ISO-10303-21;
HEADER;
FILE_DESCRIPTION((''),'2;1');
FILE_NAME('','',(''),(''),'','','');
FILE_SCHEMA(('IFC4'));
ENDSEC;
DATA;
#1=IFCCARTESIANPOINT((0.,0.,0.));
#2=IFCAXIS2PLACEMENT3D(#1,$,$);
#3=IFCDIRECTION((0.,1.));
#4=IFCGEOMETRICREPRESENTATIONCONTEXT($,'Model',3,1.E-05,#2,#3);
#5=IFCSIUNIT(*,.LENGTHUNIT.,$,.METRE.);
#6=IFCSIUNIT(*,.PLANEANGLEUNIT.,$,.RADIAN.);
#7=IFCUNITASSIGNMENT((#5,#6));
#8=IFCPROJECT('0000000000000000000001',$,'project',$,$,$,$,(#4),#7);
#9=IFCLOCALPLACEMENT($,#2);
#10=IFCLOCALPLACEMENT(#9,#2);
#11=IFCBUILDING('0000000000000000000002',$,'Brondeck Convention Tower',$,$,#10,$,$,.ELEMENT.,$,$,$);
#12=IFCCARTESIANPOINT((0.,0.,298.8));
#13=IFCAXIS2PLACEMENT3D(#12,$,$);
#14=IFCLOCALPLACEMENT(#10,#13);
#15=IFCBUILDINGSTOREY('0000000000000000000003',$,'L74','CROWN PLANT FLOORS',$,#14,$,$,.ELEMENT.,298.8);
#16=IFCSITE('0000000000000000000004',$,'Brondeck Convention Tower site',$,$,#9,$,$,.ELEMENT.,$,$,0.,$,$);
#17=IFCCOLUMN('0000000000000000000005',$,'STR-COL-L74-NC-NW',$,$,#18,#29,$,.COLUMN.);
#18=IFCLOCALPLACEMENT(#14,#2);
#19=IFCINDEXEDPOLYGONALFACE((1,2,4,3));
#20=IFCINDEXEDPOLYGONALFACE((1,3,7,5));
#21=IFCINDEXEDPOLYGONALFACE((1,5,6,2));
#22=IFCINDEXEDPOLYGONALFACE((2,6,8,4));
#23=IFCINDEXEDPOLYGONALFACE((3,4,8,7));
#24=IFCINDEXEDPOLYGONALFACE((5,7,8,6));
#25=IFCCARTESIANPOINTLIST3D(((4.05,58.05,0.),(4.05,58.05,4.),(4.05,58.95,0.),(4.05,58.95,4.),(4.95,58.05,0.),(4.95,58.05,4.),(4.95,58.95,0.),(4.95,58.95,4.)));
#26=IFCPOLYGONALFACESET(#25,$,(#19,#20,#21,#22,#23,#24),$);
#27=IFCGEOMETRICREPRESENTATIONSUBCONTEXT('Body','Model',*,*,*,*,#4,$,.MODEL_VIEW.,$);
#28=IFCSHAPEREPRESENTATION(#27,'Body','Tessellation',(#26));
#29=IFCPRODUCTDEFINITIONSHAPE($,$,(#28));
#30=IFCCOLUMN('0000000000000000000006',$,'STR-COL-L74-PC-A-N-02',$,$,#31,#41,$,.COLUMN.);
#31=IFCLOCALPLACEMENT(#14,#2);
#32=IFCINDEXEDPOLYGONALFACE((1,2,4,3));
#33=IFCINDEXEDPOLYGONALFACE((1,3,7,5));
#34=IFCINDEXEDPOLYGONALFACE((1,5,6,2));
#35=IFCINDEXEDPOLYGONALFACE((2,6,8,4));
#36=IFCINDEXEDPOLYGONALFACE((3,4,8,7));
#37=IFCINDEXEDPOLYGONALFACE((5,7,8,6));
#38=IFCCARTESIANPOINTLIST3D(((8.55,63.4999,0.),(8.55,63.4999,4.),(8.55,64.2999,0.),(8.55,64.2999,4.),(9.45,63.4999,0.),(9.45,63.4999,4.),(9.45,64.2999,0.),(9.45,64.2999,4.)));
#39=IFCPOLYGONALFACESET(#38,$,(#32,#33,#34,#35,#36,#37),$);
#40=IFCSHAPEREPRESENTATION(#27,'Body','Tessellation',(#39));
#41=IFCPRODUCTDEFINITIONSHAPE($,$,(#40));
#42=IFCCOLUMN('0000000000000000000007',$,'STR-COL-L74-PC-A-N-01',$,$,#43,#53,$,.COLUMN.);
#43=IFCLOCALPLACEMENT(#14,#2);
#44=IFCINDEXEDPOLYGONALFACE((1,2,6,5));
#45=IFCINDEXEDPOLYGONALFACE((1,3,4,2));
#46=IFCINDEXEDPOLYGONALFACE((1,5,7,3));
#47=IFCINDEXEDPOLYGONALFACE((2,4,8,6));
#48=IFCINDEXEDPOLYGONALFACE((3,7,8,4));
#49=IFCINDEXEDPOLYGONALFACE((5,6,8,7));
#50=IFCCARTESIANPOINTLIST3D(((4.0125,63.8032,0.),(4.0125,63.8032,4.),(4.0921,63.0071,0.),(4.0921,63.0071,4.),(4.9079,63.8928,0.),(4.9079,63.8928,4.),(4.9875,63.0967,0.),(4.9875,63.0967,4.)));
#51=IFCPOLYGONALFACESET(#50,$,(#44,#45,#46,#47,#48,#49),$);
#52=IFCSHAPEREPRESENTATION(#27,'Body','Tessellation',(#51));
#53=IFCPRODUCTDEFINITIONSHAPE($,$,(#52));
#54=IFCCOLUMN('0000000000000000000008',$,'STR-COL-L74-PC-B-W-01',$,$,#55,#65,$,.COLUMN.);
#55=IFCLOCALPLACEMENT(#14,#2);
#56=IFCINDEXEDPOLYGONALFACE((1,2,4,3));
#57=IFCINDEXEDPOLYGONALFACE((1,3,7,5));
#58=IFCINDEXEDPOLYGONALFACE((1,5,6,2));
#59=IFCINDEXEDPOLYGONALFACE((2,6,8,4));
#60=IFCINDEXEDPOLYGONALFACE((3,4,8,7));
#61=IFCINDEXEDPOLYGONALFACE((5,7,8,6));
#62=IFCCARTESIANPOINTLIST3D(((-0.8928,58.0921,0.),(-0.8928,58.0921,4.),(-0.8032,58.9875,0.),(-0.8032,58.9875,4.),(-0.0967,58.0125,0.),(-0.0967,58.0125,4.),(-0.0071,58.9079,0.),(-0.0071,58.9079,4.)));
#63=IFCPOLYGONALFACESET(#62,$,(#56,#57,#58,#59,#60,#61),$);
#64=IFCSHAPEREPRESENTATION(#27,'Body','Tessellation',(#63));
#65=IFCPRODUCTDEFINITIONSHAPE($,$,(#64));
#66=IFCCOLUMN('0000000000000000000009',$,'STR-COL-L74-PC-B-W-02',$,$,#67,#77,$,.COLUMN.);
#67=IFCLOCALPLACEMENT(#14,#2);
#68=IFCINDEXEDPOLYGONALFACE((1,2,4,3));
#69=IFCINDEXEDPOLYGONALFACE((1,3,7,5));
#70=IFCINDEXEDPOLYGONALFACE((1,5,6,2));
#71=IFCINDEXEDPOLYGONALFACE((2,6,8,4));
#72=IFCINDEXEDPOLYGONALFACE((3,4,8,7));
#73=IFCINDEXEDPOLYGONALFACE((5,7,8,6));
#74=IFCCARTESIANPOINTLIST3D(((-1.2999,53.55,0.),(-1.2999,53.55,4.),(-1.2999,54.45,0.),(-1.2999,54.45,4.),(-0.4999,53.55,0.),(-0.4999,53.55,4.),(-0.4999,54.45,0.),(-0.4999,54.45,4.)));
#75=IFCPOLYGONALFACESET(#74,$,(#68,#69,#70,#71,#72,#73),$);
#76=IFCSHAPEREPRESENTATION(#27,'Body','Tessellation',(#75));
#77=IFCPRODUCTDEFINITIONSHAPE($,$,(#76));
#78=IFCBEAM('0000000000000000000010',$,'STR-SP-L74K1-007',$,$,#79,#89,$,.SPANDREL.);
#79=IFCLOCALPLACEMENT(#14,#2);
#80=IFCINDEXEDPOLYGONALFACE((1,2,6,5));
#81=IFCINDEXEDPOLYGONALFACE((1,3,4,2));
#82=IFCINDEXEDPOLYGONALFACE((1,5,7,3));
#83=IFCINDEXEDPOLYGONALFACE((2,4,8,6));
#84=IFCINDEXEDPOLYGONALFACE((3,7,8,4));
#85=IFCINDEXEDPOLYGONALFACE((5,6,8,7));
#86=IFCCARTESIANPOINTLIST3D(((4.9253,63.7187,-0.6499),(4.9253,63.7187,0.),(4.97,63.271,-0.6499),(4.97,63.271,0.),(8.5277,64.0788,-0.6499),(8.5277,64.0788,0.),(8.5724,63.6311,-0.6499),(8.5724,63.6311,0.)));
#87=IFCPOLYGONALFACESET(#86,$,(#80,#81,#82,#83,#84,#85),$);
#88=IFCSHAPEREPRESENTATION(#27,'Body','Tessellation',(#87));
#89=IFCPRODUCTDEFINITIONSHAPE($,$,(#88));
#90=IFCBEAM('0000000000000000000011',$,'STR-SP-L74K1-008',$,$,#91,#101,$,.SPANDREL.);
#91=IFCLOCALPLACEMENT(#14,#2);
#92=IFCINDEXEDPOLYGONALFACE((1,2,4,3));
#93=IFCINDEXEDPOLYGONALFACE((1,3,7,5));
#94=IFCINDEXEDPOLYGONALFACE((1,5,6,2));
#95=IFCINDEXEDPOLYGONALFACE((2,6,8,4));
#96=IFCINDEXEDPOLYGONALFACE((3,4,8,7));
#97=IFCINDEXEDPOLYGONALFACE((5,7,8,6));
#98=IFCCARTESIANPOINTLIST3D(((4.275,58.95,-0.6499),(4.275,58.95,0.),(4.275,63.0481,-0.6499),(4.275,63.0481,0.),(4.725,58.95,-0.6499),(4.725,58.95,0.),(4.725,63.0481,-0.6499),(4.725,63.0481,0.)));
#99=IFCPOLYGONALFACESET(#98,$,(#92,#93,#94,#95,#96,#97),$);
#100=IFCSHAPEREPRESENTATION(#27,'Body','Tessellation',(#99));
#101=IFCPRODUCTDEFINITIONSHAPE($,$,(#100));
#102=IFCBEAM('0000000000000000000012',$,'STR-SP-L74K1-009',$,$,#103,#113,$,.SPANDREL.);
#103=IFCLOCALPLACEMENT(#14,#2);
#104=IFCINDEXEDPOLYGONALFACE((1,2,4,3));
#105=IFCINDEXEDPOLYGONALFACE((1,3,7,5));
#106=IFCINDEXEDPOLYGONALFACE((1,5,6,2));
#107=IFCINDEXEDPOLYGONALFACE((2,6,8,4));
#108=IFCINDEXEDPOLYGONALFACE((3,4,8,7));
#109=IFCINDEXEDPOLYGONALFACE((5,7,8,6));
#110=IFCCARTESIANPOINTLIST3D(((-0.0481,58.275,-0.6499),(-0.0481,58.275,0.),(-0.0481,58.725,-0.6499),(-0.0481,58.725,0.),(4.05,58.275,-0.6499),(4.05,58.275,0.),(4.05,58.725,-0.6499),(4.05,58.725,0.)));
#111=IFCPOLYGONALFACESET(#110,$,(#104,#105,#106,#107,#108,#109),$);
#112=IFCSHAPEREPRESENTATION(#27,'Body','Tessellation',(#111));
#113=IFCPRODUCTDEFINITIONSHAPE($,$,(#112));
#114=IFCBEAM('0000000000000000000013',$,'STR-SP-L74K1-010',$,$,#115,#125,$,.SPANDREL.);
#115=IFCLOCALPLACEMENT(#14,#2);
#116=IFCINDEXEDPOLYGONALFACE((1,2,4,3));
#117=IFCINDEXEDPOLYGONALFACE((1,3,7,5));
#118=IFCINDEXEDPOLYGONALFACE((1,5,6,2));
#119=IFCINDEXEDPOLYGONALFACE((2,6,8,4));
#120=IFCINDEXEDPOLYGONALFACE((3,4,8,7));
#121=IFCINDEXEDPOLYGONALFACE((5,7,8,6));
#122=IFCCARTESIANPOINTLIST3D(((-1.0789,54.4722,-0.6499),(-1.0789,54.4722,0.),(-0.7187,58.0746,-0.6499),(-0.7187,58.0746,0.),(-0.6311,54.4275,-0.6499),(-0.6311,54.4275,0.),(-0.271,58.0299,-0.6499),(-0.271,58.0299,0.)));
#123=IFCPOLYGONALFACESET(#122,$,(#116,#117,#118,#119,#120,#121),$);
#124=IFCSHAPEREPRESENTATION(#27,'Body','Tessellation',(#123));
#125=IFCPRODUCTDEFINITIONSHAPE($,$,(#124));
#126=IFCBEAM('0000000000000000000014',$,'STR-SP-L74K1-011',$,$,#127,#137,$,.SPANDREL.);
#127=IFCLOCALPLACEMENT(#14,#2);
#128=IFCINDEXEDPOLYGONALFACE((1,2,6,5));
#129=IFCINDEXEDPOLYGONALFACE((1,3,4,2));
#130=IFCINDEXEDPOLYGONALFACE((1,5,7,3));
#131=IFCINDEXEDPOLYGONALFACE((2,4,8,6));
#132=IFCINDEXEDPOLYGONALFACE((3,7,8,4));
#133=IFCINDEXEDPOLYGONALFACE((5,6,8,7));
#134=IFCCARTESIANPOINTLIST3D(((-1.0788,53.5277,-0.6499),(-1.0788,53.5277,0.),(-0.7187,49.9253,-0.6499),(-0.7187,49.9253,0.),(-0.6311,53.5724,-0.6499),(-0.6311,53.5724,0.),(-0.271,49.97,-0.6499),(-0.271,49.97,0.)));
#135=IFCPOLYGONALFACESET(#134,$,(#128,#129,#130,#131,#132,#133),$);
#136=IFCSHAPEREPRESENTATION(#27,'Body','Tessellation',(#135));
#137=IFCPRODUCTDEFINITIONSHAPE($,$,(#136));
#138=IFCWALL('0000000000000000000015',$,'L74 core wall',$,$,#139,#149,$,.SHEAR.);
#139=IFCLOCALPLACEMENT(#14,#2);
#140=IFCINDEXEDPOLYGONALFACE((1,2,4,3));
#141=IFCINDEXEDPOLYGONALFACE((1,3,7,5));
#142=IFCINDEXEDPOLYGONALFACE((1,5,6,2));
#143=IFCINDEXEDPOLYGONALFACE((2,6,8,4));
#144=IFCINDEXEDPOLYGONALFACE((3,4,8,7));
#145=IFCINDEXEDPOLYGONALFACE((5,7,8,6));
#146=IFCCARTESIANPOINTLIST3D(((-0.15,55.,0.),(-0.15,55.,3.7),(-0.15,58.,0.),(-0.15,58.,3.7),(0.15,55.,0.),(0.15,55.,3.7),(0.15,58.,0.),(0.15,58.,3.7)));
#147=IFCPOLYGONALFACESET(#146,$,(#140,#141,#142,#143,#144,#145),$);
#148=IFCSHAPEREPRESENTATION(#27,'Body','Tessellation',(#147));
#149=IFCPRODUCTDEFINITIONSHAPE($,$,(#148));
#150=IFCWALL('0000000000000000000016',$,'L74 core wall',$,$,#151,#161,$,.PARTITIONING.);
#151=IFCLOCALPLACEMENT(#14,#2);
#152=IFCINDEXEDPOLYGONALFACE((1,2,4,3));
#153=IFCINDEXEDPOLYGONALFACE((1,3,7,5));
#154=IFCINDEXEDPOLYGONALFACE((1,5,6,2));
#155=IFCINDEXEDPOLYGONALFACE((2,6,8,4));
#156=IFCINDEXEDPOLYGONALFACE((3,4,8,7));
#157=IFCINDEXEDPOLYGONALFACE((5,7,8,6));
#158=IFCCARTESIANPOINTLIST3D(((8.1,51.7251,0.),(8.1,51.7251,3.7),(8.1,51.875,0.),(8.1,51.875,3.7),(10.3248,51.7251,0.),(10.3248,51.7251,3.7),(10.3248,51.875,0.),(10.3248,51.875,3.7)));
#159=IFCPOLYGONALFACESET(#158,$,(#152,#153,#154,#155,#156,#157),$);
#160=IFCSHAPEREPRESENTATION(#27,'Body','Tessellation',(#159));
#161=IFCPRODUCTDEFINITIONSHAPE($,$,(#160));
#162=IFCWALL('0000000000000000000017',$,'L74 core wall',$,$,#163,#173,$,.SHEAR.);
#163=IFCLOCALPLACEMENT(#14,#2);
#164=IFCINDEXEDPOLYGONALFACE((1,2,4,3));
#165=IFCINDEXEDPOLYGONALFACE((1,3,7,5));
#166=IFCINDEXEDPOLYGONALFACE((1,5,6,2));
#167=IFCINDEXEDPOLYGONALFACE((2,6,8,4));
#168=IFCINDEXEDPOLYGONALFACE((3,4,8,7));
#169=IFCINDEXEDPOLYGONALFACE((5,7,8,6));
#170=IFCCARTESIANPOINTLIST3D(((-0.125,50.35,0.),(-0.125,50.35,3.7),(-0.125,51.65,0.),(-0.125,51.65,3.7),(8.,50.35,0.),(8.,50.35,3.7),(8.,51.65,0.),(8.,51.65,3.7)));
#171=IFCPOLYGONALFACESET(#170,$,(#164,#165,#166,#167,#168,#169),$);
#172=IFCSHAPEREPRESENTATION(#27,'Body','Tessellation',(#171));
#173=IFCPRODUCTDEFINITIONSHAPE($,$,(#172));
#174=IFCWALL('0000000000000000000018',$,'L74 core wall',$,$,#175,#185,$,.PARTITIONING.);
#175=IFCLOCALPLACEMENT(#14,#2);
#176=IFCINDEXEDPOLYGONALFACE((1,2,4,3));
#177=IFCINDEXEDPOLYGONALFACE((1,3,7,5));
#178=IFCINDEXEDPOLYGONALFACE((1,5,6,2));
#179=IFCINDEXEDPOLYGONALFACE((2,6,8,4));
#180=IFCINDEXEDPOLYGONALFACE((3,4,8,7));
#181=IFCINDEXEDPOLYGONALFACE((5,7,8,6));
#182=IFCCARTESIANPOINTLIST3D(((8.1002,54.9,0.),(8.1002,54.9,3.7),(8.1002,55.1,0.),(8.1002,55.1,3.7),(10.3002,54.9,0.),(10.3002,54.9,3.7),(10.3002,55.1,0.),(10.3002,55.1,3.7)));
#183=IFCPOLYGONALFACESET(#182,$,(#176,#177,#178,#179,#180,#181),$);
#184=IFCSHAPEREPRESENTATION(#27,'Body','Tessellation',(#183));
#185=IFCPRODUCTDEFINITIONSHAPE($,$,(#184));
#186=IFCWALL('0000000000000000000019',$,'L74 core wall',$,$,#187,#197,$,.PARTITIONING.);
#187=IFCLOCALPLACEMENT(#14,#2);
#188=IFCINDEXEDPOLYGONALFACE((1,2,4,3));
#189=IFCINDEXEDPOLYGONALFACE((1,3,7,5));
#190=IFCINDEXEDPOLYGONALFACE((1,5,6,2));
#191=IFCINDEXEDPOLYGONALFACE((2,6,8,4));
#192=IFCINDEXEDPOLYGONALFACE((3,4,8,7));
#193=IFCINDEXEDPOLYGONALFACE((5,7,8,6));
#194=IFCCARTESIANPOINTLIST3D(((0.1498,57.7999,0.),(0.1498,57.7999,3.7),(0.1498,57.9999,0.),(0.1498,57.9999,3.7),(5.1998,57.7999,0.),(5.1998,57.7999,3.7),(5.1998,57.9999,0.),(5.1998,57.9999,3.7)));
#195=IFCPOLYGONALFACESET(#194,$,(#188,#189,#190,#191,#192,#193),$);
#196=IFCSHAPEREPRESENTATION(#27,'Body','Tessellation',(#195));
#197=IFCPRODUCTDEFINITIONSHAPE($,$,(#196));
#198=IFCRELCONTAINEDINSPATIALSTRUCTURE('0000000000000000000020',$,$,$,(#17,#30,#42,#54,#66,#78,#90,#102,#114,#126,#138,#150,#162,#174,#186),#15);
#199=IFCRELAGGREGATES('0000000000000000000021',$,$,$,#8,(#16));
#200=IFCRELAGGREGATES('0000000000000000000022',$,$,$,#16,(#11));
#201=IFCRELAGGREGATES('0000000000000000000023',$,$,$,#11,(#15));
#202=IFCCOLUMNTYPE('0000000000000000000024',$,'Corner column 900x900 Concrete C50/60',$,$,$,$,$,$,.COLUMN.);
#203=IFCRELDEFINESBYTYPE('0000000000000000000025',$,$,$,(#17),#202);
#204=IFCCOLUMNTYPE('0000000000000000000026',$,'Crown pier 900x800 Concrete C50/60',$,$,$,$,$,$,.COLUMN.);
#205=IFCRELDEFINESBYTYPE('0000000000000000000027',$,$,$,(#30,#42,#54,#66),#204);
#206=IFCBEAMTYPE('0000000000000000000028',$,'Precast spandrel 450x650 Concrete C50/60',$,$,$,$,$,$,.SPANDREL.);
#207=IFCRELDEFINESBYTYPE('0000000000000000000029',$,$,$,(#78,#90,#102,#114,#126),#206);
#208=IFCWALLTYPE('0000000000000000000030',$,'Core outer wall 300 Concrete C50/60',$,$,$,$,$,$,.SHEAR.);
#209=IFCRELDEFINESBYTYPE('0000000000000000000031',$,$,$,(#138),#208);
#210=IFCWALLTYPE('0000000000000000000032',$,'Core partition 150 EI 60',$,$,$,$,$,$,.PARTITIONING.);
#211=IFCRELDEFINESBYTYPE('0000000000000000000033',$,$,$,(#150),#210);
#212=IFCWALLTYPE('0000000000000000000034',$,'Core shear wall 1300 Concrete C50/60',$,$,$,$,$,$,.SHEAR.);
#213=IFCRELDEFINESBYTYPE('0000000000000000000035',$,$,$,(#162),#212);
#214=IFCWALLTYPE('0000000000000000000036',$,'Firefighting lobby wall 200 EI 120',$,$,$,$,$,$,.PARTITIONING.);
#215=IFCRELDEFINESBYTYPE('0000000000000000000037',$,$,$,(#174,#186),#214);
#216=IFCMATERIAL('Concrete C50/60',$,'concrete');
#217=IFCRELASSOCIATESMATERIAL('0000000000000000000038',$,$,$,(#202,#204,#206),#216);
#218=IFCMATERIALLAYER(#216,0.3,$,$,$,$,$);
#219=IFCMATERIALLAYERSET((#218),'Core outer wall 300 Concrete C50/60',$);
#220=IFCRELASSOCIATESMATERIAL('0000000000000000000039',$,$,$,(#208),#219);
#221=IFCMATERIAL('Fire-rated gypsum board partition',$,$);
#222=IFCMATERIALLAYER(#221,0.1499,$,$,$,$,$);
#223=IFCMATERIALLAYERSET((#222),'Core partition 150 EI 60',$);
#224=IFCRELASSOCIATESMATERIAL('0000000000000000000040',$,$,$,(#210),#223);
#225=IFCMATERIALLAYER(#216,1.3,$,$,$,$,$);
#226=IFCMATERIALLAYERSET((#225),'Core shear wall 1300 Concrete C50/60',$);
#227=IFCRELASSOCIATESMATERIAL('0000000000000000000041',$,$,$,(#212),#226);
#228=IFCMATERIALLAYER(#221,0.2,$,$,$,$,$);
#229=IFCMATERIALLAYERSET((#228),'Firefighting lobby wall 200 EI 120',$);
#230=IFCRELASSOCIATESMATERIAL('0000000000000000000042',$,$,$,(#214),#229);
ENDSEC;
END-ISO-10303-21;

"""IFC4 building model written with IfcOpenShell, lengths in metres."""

from ifc_helpers import new_model, si_unit, direction, frame, frame_2d, origin, origin_2d, place, context, subcontext, project, spatial, rectangle, extrude, material, layer, layer_set, material_profile, profile_set, type_object, element, save


model = new_model("IFC4")

# Units and contexts
model_context = context("Model", 3, precision=1e-05, world=origin(), true_north=direction((0.0, 1.0)))
body_context = subcontext(model_context, "Body", "Model", "MODEL_VIEW")
ifc_project = project(units=[si_unit("LENGTHUNIT", "METRE"), si_unit("PLANEANGLEUNIT", "RADIAN")], contexts=[model_context])

# Site, building, storey
site_placement = place(None, origin())
site = spatial("IfcSite", under=ifc_project, at=site_placement, Name="Brondeck Convention Tower site", CompositionType="ELEMENT", RefElevation=0.0)
building_placement = place(site_placement, origin())
building = spatial("IfcBuilding", under=site, at=building_placement, Name="Brondeck Convention Tower", CompositionType="ELEMENT")
storey_placement = place(building_placement, frame((0.0, 0.0, 298.8)))
storey = spatial("IfcBuildingStorey", under=building, at=storey_placement, Name="L74", Description="CROWN PLANT FLOORS", CompositionType="ELEMENT", Elevation=298.8)

# Columns
ifc_material_1 = material(Name="Concrete C50/60", Category="concrete")
ifc_material_profile_1 = material_profile(ifc_material_1, rectangle(XDim=0.8999, YDim=0.8999, at=origin_2d()), Name="Corner column 900x900 Concrete C50/60")
ifc_profile_set_1 = profile_set([ifc_material_profile_1], Name="Concrete C50/60")
column_type_1 = type_object("IfcColumnType", Name="Corner column 900x900 Concrete C50/60", PredefinedType="COLUMN", material=ifc_profile_set_1)
column_placement = place(storey_placement, frame((4.5, 58.5, 0.0), z_axis=(0.0, 0.0, 1.0), x_axis=(1.0, 0.0, 0.0)))
element("IfcColumn", 1, at=column_placement, inside=storey, type_object=column_type_1, Name="STR-COL-L74-NC-NW", PredefinedType="COLUMN", context=body_context, shape_type="SweptSolid", body=[
    extrude(rectangle(XDim=0.8999, YDim=0.8999, at=origin_2d()), origin(), (0.0, 0.0, 1.0), 4.0),
])
ifc_material_profile_2 = material_profile(ifc_material_1, rectangle(XDim=0.8999, YDim=0.8, at=origin_2d()), Name="Crown pier 900x800 Concrete C50/60")
ifc_profile_set_2 = profile_set([ifc_material_profile_2], Name="Concrete C50/60")
column_type_2 = type_object("IfcColumnType", Name="Crown pier 900x800 Concrete C50/60", PredefinedType="COLUMN", material=ifc_profile_set_2)
for number, where, z_axis, x_axis, name in (
    (2, (9.0, 63.8999, 0.0), (0.0, 0.0, 1.0), (-1.0, 0.0, 0.0), "STR-COL-L74-PC-A-N-02"),
    (3, (4.5, 63.45, 0.0), (0.0, 0.0, 1.0), (-0.995037, -0.099504, 0.0), "STR-COL-L74-PC-A-N-01"),
    (4, (-0.45, 58.5, 0.0), (0.0, 0.0, 1.0), (-0.099504, -0.995037, 0.0), "STR-COL-L74-PC-B-W-01"),
    (5, (-0.8999, 54.0, 0.0), (0.0, 0.0, 1.0), (0.0, -1.0, 0.0), "STR-COL-L74-PC-B-W-02"),
):
    element("IfcColumn", number, at=place(storey_placement, frame(where, z_axis=z_axis, x_axis=x_axis)), inside=storey, type_object=column_type_2, Name=name, PredefinedType="COLUMN", context=body_context, shape_type="SweptSolid", body=[
        extrude(rectangle(XDim=0.8999, YDim=0.8, at=origin_2d()), origin(), (0.0, 0.0, 1.0), 4.0),
    ])

# Beams
ifc_material_profile_3 = material_profile(ifc_material_1, rectangle(XDim=0.45, YDim=0.6499, at=origin_2d()), Name="Precast spandrel 450x650 Concrete C50/60")
ifc_profile_set_3 = profile_set([ifc_material_profile_3], Name="Concrete C50/60")
beam_type = type_object("IfcBeamType", Name="Precast spandrel 450x650 Concrete C50/60", PredefinedType="SPANDREL", material=ifc_profile_set_3)
beam_placement = place(storey_placement, frame((8.55, 63.855, -0.325), z_axis=(-0.995041, -0.09947, 0.0), x_axis=(0.09947, -0.995041, 0.0)))
element("IfcBeam", 6, at=beam_placement, inside=storey, type_object=beam_type, Name="STR-SP-L74K1-007", PredefinedType="SPANDREL", context=body_context, shape_type="SweptSolid", body=[
    extrude(rectangle(XDim=0.45, YDim=0.6499, at=origin_2d()), origin(), (0.0, 0.0, 1.0), 3.6204),
])
for number, where, z_axis, x_axis, name in (
    (7, (4.5, 63.0481, -0.325), (0.0, -1.0, 0.0), (1.0, 0.0, 0.0), "STR-SP-L74K1-008"),
    (8, (4.05, 58.5, -0.325), (-1.0, 0.0, 0.0), (0.0, -1.0, 0.0), "STR-SP-L74K1-009"),
):
    element("IfcBeam", number, at=place(storey_placement, frame(where, z_axis=z_axis, x_axis=x_axis)), inside=storey, type_object=beam_type, Name=name, PredefinedType="SPANDREL", context=body_context, shape_type="SweptSolid", body=[
        extrude(rectangle(XDim=0.45, YDim=0.6499, at=origin_2d()), origin(), (0.0, 0.0, 1.0), 4.0981),
    ])
for number, where, z_axis, x_axis, name in (
    (9, (-0.4949, 58.0522, -0.325), (-0.09947, -0.995041, 0.0), (0.995041, -0.09947, 0.0), "STR-SP-L74K1-010"),
    (10, (-0.855, 53.55, -0.325), (0.09947, -0.995041, 0.0), (0.995041, 0.09947, 0.0), "STR-SP-L74K1-011"),
):
    element("IfcBeam", number, at=place(storey_placement, frame(where, z_axis=z_axis, x_axis=x_axis)), inside=storey, type_object=beam_type, Name=name, PredefinedType="SPANDREL", context=body_context, shape_type="SweptSolid", body=[
        extrude(rectangle(XDim=0.45, YDim=0.6499, at=origin_2d()), origin(), (0.0, 0.0, 1.0), 3.6204),
    ])

# Walls
ifc_layer_1 = layer(ifc_material_1, 0.3)
ifc_layer_set_1 = layer_set([ifc_layer_1], Name="Core outer wall 300 Concrete C50/60")
wall_type_1 = type_object("IfcWallType", Name="Core outer wall 300 Concrete C50/60", PredefinedType="SHEAR", material=ifc_layer_set_1)
wall_1_placement = place(storey_placement, frame((0.0, 55.0, 0.0), z_axis=(0.0, 0.0, 1.0), x_axis=(0.0, 1.0, 0.0)))
element("IfcWall", 11, at=wall_1_placement, inside=storey, type_object=wall_type_1, Name="L74 core wall", PredefinedType="SHEAR", context=body_context, shape_type="SweptSolid", body=[
    extrude(rectangle(XDim=3.0, YDim=0.3, at=frame_2d((1.5, 0.0))), origin(), (0.0, 0.0, 1.0), 3.7),
])
ifc_material_2 = material(Name="Fire-rated gypsum board partition")
ifc_layer_2 = layer(ifc_material_2, 0.1499)
ifc_layer_set_2 = layer_set([ifc_layer_2], Name="Core partition 150 EI 60")
wall_type_2 = type_object("IfcWallType", Name="Core partition 150 EI 60", PredefinedType="PARTITIONING", material=ifc_layer_set_2)
wall_2_placement = place(storey_placement, frame((8.1001, 51.8, 0.0), z_axis=(0.0, 0.0, 1.0), x_axis=(1.0, 0.0, 0.0)))
element("IfcWall", 12, at=wall_2_placement, inside=storey, type_object=wall_type_2, Name="L74 core wall", PredefinedType="PARTITIONING", context=body_context, shape_type="SweptSolid", body=[
    extrude(rectangle(XDim=2.2249, YDim=0.1499, at=frame_2d((1.1123, 0.0))), origin(), (0.0, 0.0, 1.0), 3.7),
])
ifc_layer_3 = layer(ifc_material_1, 1.3)
ifc_layer_set_3 = layer_set([ifc_layer_3], Name="Core shear wall 1300 Concrete C50/60")
wall_type_3 = type_object("IfcWallType", Name="Core shear wall 1300 Concrete C50/60", PredefinedType="SHEAR", material=ifc_layer_set_3)
wall_3_placement = place(storey_placement, frame((-0.125, 51.0, 0.0), z_axis=(0.0, 0.0, 1.0), x_axis=(1.0, 0.0, 0.0)))
element("IfcWall", 13, at=wall_3_placement, inside=storey, type_object=wall_type_3, Name="L74 core wall", PredefinedType="SHEAR", context=body_context, shape_type="SweptSolid", body=[
    extrude(rectangle(XDim=8.125, YDim=1.3, at=frame_2d((4.0625, 0.0))), origin(), (0.0, 0.0, 1.0), 3.7),
])
ifc_layer_4 = layer(ifc_material_2, 0.2)
ifc_layer_set_4 = layer_set([ifc_layer_4], Name="Firefighting lobby wall 200 EI 120")
wall_type_4 = type_object("IfcWallType", Name="Firefighting lobby wall 200 EI 120", PredefinedType="PARTITIONING", material=ifc_layer_set_4)
wall_4_placement = place(storey_placement, frame((8.1001, 55.0, 0.0), z_axis=(0.0, 0.0, 1.0), x_axis=(1.0, 0.0, 0.0)))
element("IfcWall", 14, at=wall_4_placement, inside=storey, type_object=wall_type_4, Name="L74 core wall", PredefinedType="PARTITIONING", context=body_context, shape_type="SweptSolid", body=[
    extrude(rectangle(XDim=2.2, YDim=0.2, at=frame_2d((1.1001, 0.0))), origin(), (0.0, 0.0, 1.0), 3.7),
])
wall_5_placement = place(storey_placement, frame((0.1499, 57.8999, 0.0), z_axis=(0.0, 0.0, 1.0), x_axis=(1.0, 0.0, 0.0)))
element("IfcWall", 15, at=wall_5_placement, inside=storey, type_object=wall_type_4, Name="L74 core wall", PredefinedType="PARTITIONING", context=body_context, shape_type="SweptSolid", body=[
    extrude(rectangle(XDim=5.05, YDim=0.2, at=frame_2d((2.5249, 0.0))), origin(), (0.0, 0.0, 1.0), 3.7),
])

save(model, "model.ifc")
